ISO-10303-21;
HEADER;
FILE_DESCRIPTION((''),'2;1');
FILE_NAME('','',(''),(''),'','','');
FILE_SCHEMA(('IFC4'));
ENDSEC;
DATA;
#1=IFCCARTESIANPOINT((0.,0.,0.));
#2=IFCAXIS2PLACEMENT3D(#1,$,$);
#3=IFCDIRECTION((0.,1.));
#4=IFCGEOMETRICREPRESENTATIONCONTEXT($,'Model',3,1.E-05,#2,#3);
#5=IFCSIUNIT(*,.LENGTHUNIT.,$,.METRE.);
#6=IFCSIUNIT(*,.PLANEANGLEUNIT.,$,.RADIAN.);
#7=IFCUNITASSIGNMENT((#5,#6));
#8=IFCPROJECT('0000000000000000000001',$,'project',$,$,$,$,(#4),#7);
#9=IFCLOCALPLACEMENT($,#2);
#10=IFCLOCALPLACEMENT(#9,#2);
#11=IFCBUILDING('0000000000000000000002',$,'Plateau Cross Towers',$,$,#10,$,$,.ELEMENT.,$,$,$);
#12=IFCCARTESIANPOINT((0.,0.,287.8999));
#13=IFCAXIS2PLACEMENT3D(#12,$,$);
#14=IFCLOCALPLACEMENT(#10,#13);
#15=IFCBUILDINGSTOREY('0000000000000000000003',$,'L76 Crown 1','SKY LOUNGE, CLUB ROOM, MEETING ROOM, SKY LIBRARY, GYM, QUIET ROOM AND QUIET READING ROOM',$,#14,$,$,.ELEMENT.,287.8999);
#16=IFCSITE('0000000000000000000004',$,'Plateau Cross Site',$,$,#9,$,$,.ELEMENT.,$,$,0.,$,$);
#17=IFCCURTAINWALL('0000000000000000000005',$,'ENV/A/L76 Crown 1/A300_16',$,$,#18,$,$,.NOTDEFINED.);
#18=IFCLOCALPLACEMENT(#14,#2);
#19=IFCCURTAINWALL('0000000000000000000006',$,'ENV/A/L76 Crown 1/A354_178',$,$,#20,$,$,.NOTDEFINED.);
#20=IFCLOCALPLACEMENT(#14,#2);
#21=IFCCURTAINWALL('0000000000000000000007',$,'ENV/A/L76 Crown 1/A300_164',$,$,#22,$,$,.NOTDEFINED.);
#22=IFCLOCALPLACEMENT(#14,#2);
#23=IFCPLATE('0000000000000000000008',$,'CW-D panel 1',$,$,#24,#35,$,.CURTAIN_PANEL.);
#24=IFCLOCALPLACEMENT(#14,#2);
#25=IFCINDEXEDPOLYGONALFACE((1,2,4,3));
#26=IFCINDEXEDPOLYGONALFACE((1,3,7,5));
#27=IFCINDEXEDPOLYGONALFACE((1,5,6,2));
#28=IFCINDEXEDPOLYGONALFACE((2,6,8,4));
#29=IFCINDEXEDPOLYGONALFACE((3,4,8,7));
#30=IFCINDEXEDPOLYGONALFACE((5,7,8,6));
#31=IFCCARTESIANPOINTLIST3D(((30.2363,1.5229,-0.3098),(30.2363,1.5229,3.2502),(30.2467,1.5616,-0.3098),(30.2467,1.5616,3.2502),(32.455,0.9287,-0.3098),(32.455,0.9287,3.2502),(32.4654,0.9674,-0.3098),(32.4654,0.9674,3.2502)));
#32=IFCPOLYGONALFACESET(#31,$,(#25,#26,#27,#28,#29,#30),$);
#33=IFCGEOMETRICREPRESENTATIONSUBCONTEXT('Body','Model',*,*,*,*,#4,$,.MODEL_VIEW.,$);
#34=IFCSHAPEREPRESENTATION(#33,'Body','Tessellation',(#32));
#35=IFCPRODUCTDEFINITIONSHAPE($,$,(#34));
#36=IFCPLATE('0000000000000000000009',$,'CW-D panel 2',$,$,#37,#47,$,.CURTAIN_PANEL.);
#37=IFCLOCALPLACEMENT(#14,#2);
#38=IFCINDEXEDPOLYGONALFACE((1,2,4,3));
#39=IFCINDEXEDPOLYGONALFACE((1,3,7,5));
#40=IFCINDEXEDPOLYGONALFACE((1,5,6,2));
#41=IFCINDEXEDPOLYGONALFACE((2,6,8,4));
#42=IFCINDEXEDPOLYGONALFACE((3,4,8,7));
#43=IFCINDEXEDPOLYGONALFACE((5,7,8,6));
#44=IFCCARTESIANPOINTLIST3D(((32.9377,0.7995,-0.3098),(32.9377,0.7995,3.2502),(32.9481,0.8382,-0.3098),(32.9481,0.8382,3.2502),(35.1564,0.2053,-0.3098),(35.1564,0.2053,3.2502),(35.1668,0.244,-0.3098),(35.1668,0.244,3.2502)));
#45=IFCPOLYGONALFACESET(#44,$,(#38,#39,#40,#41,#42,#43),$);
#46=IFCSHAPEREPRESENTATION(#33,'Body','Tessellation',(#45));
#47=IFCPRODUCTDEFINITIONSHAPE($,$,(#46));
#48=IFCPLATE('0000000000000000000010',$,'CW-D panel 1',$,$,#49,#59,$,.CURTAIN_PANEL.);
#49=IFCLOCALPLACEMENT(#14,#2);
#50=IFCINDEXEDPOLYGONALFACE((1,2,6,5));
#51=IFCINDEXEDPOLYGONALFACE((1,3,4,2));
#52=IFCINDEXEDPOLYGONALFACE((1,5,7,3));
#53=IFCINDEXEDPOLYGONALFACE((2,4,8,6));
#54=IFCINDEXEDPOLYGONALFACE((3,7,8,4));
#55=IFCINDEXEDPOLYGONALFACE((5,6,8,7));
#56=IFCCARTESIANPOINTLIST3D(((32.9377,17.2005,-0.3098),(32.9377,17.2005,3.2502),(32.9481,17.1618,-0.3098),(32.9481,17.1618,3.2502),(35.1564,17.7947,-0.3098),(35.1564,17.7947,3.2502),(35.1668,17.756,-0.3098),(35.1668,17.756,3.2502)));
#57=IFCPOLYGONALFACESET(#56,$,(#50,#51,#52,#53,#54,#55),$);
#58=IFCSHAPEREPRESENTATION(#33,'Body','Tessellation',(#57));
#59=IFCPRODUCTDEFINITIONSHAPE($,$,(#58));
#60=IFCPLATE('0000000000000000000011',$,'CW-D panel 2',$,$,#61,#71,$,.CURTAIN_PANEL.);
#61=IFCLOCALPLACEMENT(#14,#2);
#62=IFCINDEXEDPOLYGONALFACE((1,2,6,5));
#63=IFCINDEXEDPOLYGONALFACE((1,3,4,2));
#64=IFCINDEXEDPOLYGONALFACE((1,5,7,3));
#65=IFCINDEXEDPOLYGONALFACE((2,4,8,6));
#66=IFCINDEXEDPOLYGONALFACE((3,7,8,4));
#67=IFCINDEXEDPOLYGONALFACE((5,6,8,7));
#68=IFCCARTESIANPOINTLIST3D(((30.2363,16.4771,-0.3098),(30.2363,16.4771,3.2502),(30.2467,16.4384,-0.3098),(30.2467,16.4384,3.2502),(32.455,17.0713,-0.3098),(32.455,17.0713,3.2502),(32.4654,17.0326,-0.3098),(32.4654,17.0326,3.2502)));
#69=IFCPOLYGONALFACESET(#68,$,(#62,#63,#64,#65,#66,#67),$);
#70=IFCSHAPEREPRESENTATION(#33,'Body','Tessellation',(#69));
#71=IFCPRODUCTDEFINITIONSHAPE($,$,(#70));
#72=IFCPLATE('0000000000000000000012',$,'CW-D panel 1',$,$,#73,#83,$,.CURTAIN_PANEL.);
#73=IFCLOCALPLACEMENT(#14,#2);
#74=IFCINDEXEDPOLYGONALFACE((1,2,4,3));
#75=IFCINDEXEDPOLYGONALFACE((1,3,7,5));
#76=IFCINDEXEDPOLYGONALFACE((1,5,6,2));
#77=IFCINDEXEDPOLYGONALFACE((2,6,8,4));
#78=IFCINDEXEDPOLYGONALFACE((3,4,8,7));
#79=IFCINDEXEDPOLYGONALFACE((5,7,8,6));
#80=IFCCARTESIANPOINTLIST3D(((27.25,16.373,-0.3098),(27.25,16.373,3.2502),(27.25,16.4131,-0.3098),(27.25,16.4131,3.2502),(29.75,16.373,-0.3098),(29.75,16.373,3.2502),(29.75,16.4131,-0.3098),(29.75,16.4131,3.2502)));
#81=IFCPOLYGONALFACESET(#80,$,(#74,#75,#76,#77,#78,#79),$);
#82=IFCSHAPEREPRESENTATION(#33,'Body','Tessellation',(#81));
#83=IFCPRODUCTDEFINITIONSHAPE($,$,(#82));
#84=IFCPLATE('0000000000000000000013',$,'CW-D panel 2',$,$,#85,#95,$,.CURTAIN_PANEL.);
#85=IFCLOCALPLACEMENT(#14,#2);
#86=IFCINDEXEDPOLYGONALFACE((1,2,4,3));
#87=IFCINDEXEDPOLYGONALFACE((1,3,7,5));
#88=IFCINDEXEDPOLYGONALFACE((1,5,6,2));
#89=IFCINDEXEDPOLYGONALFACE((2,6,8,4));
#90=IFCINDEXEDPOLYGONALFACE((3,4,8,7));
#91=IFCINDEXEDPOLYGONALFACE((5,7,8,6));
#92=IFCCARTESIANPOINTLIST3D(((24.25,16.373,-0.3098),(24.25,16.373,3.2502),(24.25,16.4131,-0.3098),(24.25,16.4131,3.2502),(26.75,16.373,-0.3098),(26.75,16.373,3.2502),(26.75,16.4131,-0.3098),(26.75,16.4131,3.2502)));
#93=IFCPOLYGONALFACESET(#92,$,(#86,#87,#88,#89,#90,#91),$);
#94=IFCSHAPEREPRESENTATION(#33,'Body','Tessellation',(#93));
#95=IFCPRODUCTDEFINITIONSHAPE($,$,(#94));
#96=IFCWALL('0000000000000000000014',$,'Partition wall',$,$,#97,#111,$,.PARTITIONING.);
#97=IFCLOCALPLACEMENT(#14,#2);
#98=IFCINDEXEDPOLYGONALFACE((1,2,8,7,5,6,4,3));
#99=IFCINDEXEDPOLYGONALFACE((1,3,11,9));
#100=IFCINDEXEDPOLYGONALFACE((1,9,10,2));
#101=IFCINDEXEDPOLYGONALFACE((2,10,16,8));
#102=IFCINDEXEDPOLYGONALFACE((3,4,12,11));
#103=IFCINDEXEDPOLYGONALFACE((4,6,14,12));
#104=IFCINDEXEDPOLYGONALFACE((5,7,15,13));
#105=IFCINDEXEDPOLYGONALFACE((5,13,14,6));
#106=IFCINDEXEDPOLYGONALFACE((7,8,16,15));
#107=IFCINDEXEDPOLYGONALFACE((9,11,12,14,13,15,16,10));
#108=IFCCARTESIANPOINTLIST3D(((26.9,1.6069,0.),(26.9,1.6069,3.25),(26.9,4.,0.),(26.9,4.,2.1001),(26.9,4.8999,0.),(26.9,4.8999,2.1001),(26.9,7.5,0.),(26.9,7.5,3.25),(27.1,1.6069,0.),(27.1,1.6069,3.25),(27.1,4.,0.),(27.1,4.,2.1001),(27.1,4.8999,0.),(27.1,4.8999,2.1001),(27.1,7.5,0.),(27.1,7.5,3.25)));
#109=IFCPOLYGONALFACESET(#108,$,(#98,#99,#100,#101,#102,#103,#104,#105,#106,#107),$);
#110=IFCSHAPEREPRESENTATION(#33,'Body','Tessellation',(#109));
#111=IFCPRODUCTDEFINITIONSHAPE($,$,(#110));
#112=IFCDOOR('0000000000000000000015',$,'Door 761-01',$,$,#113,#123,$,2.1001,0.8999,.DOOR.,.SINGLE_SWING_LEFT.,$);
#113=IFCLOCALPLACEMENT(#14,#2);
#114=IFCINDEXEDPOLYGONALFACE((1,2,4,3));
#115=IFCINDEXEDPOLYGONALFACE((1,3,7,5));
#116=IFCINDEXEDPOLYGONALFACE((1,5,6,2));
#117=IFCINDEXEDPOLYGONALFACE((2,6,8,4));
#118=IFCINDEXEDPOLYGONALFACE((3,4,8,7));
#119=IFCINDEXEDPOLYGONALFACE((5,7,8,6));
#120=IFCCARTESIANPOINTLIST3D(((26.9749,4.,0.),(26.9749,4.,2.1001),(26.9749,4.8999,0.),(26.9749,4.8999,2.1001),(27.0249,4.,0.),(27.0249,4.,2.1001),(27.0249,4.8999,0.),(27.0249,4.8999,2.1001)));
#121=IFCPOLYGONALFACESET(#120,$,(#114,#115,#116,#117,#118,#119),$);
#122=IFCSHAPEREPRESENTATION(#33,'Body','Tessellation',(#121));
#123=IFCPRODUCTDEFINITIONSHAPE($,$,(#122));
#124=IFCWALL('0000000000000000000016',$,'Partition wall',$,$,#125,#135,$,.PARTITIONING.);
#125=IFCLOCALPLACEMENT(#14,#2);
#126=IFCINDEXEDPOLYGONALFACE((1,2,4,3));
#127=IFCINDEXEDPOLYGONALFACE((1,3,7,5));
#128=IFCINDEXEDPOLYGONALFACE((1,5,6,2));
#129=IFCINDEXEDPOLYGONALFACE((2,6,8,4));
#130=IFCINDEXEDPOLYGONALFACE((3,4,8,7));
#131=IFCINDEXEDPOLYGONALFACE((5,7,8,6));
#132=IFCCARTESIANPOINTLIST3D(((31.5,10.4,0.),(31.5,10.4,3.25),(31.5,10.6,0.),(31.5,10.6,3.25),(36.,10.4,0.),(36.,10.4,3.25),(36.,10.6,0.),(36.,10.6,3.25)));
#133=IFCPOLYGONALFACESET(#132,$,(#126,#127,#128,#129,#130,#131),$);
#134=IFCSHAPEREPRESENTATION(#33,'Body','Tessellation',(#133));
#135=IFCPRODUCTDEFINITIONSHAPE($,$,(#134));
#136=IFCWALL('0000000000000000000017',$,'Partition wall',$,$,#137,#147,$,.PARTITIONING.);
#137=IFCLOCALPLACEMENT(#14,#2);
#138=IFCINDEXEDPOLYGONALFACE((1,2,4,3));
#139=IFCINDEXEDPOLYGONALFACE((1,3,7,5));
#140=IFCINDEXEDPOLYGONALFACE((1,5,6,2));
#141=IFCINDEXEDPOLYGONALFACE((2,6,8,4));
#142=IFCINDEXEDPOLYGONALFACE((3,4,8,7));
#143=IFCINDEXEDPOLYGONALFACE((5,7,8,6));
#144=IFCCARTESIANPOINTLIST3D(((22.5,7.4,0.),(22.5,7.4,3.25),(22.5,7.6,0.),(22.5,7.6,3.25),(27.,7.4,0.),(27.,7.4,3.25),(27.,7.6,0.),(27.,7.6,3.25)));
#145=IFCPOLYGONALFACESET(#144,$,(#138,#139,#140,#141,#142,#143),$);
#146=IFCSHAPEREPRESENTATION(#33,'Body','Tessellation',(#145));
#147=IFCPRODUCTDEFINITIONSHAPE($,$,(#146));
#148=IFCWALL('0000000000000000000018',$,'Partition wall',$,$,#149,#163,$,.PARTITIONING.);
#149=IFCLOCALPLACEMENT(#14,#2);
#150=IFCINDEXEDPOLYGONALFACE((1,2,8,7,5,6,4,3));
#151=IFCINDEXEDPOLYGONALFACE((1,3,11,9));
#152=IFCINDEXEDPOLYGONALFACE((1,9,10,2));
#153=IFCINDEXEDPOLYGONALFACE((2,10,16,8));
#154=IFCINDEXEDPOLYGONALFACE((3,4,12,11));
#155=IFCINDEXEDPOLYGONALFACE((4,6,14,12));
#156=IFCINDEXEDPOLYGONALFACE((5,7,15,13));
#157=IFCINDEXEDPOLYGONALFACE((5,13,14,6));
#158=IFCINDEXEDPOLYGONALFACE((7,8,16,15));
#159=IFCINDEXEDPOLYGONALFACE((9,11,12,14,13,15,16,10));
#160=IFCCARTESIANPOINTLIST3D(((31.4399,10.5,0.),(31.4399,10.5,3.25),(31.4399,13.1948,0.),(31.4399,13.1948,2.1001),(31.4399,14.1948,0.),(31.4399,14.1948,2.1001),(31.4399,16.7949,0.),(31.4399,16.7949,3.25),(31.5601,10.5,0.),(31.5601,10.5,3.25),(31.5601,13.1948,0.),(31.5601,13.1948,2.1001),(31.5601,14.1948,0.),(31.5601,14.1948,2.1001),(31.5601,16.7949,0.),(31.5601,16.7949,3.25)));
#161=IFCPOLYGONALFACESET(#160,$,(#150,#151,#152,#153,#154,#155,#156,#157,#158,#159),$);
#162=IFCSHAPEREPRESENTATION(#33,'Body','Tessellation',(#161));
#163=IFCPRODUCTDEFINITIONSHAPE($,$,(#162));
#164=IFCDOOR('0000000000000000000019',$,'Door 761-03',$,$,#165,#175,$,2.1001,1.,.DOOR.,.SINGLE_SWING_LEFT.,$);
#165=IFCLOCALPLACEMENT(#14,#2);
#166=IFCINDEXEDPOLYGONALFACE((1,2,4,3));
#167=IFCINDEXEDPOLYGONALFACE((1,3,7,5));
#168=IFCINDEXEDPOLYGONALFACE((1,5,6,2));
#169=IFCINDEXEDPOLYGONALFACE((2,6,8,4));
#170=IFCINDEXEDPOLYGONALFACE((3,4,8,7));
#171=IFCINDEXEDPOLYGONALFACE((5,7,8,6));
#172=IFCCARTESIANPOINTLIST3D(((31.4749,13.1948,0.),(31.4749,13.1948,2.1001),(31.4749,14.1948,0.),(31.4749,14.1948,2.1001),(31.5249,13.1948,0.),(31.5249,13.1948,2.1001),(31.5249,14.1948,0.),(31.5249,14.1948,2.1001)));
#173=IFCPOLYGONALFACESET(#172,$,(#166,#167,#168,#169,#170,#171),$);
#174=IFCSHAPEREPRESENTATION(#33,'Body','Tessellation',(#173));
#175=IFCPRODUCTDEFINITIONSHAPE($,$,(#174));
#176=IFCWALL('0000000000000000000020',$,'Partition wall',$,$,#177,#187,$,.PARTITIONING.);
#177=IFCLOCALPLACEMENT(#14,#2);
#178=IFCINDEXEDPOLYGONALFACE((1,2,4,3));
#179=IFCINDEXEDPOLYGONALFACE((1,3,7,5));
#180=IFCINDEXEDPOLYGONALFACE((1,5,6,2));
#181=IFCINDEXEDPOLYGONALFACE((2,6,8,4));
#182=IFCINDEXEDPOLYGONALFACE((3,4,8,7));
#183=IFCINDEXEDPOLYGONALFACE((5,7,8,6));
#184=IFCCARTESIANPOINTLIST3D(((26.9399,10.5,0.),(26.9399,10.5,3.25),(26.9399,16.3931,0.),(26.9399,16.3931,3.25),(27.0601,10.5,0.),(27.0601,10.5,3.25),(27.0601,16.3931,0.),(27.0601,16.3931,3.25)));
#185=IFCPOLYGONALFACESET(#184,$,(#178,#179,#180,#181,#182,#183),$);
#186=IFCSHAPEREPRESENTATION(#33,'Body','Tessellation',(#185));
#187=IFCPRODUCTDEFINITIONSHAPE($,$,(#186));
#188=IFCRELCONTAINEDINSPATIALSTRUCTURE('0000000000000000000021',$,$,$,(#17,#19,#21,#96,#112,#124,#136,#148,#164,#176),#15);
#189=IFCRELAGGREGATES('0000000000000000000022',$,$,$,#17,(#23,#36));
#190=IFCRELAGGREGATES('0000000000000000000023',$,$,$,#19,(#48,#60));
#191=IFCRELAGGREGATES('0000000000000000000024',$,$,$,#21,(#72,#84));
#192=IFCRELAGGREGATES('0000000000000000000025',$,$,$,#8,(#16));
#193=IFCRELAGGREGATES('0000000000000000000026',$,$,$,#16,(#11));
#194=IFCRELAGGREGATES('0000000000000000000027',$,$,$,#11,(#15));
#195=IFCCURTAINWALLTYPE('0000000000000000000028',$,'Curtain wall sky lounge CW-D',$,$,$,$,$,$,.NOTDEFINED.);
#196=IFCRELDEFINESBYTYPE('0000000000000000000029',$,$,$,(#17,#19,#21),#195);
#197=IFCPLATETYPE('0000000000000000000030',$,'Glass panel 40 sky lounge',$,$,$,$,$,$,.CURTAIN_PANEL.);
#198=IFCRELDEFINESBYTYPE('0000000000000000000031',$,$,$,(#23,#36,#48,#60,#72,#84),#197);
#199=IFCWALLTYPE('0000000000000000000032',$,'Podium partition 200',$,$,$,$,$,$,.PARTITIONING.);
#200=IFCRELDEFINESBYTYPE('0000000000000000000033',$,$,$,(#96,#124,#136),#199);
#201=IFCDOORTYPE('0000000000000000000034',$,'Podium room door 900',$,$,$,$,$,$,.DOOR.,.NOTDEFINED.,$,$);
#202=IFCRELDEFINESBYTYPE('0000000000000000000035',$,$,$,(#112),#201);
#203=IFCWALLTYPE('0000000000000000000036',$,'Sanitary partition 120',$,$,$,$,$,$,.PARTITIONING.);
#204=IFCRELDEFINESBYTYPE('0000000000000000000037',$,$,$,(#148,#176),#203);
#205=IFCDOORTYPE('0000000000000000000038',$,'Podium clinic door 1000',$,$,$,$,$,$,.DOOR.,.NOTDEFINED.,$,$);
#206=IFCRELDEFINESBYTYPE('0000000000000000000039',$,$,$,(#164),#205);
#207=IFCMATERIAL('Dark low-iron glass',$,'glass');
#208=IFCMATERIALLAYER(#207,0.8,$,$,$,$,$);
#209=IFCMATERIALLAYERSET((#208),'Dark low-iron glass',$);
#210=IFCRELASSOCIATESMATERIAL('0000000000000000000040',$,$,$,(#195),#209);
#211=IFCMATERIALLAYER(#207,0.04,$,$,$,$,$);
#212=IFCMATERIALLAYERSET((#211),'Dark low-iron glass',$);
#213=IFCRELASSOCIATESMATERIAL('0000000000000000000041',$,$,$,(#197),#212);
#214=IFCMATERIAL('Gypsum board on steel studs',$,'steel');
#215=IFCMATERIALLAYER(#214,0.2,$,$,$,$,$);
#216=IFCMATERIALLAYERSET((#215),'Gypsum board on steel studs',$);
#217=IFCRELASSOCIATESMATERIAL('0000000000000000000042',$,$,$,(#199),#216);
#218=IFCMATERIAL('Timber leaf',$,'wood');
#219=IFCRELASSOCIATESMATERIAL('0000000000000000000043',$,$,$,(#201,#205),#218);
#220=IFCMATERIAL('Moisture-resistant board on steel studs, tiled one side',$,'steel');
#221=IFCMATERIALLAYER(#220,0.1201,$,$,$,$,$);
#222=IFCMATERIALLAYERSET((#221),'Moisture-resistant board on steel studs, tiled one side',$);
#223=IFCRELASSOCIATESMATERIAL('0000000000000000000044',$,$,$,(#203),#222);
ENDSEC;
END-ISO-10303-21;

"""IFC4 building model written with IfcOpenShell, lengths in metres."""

from ifc_helpers import new_model, si_unit, direction, frame, frame_2d, origin, origin_2d, place, context, subcontext, project, spatial, rectangle, extrude, material, layer, layer_set, type_object, element, fill, aggregate, save


model = new_model("IFC4")

# Units and contexts
model_context = context("Model", 3, precision=1e-05, world=origin(), true_north=direction((0.0, 1.0)))
body_context = subcontext(model_context, "Body", "Model", "MODEL_VIEW")
ifc_project = project(units=[si_unit("LENGTHUNIT", "METRE"), si_unit("PLANEANGLEUNIT", "RADIAN")], contexts=[model_context])

# Site, building, storey
site_placement = place(None, origin())
site = spatial("IfcSite", under=ifc_project, at=site_placement, Name="Plateau Cross Site", CompositionType="ELEMENT", RefElevation=0.0)
building_placement = place(site_placement, origin())
building = spatial("IfcBuilding", under=site, at=building_placement, Name="Plateau Cross Towers", CompositionType="ELEMENT")
storey_placement = place(building_placement, frame((0.0, 0.0, 287.8999)))
storey = spatial("IfcBuildingStorey", under=building, at=storey_placement, Name="L76 Crown 1", Description="SKY LOUNGE, CLUB ROOM, MEETING ROOM, SKY LIBRARY, GYM, QUIET ROOM AND QUIET READING ROOM", CompositionType="ELEMENT", Elevation=287.8999)

# Shared definitions
ifc_material_1 = material(Name="Dark low-iron glass", Category="glass")
ifc_layer_1 = layer(ifc_material_1, 0.8)
ifc_layer_set_1 = layer_set([ifc_layer_1], Name="Dark low-iron glass")
curtain_wall_type = type_object("IfcCurtainWallType", Name="Curtain wall sky lounge CW-D", PredefinedType="NOTDEFINED", material=ifc_layer_set_1)

# Curtain walls
curtain_wall_1_placement = place(storey_placement, origin())
curtain_wall_1 = element("IfcCurtainWall", 1, at=curtain_wall_1_placement, inside=storey, type_object=curtain_wall_type, Name="ENV/A/L76 Crown 1/A300_16", PredefinedType="NOTDEFINED")
curtain_wall_2_placement = place(storey_placement, origin())
curtain_wall_2 = element("IfcCurtainWall", 2, at=curtain_wall_2_placement, inside=storey, type_object=curtain_wall_type, Name="ENV/A/L76 Crown 1/A354_178", PredefinedType="NOTDEFINED")
curtain_wall_3_placement = place(storey_placement, origin())
curtain_wall_3 = element("IfcCurtainWall", 3, at=curtain_wall_3_placement, inside=storey, type_object=curtain_wall_type, Name="ENV/A/L76 Crown 1/A300_164", PredefinedType="NOTDEFINED")

# Plates
ifc_layer_2 = layer(ifc_material_1, 0.04)
ifc_layer_set_2 = layer_set([ifc_layer_2], Name="Dark low-iron glass")
plate_type = type_object("IfcPlateType", Name="Glass panel 40 sky lounge", PredefinedType="CURTAIN_PANEL", material=ifc_layer_set_2)
plate_1_placement = place(storey_placement, frame((31.3508, 1.2451, -0.3098), z_axis=(0.0, 0.0, 1.0), x_axis=(0.965958, -0.258699, 0.0)))
plate_1 = element("IfcPlate", 4, at=plate_1_placement, type_object=plate_type, Name="CW-D panel 1", PredefinedType="CURTAIN_PANEL", context=body_context, shape_type="SweptSolid", body=[
    extrude(rectangle(XDim=2.2969, YDim=0.04, at=origin_2d()), origin(), (0.0, 0.0, 1.0), 3.5601),
])
plate_2_placement = place(storey_placement, frame((34.0522, 0.5217, -0.3098), z_axis=(0.0, 0.0, 1.0), x_axis=(0.965958, -0.258699, 0.0)))
plate_2 = element("IfcPlate", 5, at=plate_2_placement, type_object=plate_type, Name="CW-D panel 2", PredefinedType="CURTAIN_PANEL", context=body_context, shape_type="SweptSolid", body=[
    extrude(rectangle(XDim=2.2969, YDim=0.04, at=origin_2d()), origin(), (0.0, 0.0, 1.0), 3.5601),
])
aggregate(curtain_wall_1, [plate_1, plate_2])
plate_3_placement = place(storey_placement, frame((34.0522, 17.4783, -0.3098), z_axis=(0.0, 0.0, 1.0), x_axis=(-0.965958, -0.258699, 0.0)))
plate_3 = element("IfcPlate", 6, at=plate_3_placement, type_object=plate_type, Name="CW-D panel 1", PredefinedType="CURTAIN_PANEL", context=body_context, shape_type="SweptSolid", body=[
    extrude(rectangle(XDim=2.2969, YDim=0.04, at=origin_2d()), origin(), (0.0, 0.0, 1.0), 3.5601),
])
plate_4_placement = place(storey_placement, frame((31.3508, 16.7549, -0.3098), z_axis=(0.0, 0.0, 1.0), x_axis=(-0.965958, -0.258699, 0.0)))
plate_4 = element("IfcPlate", 7, at=plate_4_placement, type_object=plate_type, Name="CW-D panel 2", PredefinedType="CURTAIN_PANEL", context=body_context, shape_type="SweptSolid", body=[
    extrude(rectangle(XDim=2.2969, YDim=0.04, at=origin_2d()), origin(), (0.0, 0.0, 1.0), 3.5601),
])
aggregate(curtain_wall_2, [plate_3, plate_4])
plate_5_placement = place(storey_placement, frame((28.5, 16.3931, -0.3098), z_axis=(0.0, 0.0, 1.0), x_axis=(-1.0, 0.0, 0.0)))
plate_5 = element("IfcPlate", 8, at=plate_5_placement, type_object=plate_type, Name="CW-D panel 1", PredefinedType="CURTAIN_PANEL", context=body_context, shape_type="SweptSolid", body=[
    extrude(rectangle(XDim=2.5, YDim=0.04, at=origin_2d()), origin(), (0.0, 0.0, 1.0), 3.5601),
])
plate_6_placement = place(storey_placement, frame((25.5, 16.3931, -0.3098), z_axis=(0.0, 0.0, 1.0), x_axis=(-1.0, 0.0, 0.0)))
plate_6 = element("IfcPlate", 9, at=plate_6_placement, type_object=plate_type, Name="CW-D panel 2", PredefinedType="CURTAIN_PANEL", context=body_context, shape_type="SweptSolid", body=[
    extrude(rectangle(XDim=2.5, YDim=0.04, at=origin_2d()), origin(), (0.0, 0.0, 1.0), 3.5601),
])
aggregate(curtain_wall_3, [plate_5, plate_6])

# Wall, opening, door
ifc_material_2 = material(Name="Gypsum board on steel studs", Category="steel")
ifc_layer_3 = layer(ifc_material_2, 0.2)
ifc_layer_set_3 = layer_set([ifc_layer_3], Name="Gypsum board on steel studs")
wall_type_1 = type_object("IfcWallType", Name="Podium partition 200", PredefinedType="PARTITIONING", material=ifc_layer_set_3)
wall_1_placement = place(storey_placement, frame((27.0, 7.5, 0.0), z_axis=(0.0, 0.0, 1.0), x_axis=(0.0, -1.0, 0.0)))
wall_1 = element("IfcWall", 10, at=wall_1_placement, inside=storey, type_object=wall_type_1, Name="Partition wall", PredefinedType="PARTITIONING", context=body_context, shape_type="SweptSolid", body=[
    extrude(rectangle(XDim=5.8931, YDim=0.2, at=frame_2d((2.9465, 0.0))), origin(), (0.0, 0.0, 1.0), 3.25),
])
opening_1_placement = place(wall_1_placement, frame((2.6001, 0.0, 0.0)))
opening_1 = element("IfcOpeningElement", 11, at=opening_1_placement, cuts=wall_1, PredefinedType="OPENING", context=body_context, shape_type="SweptSolid", body=[
    extrude(rectangle(XDim=0.8999, YDim=2.1001, at=frame_2d((0.45, 1.05))), frame((0.0, 0.1099, 0.0), z_axis=(0.0, -1.0, 0.0), x_axis=(1.0, 0.0, 0.0)), (0.0, 0.0, 1.0), 0.22),
])
ifc_material_3 = material(Name="Timber leaf", Category="wood")
door_type_1 = type_object("IfcDoorType", Name="Podium room door 900", OperationType="NOTDEFINED", PredefinedType="DOOR", material=ifc_material_3)
door_1_placement = place(opening_1_placement, origin())
door_1 = element("IfcDoor", 12, at=door_1_placement, inside=storey, type_object=door_type_1, Name="Door 761-01", OperationType="SINGLE_SWING_LEFT", OverallHeight=2.1001, OverallWidth=0.8999, PredefinedType="DOOR", context=body_context, shape_type="SweptSolid", body=[
    extrude(rectangle(XDim=0.8999, YDim=2.1001, at=frame_2d((0.45, 1.05))), frame((0.0, 0.0249, 0.0), z_axis=(0.0, -1.0, 0.0), x_axis=(1.0, 0.0, 0.0)), (0.0, 0.0, 1.0), 0.05),
])
fill(opening_1, door_1)

# Walls
for number, where, z_axis, x_axis, name in (
    (13, (31.5, 10.5, 0.0), (0.0, 0.0, 1.0), (1.0, 0.0, 0.0), "Partition wall"),
    (14, (27.0, 7.5, 0.0), (0.0, 0.0, 1.0), (-1.0, 0.0, 0.0), "Partition wall"),
):
    element("IfcWall", number, at=place(storey_placement, frame(where, z_axis=z_axis, x_axis=x_axis)), inside=storey, type_object=wall_type_1, Name=name, PredefinedType="PARTITIONING", context=body_context, shape_type="SweptSolid", body=[
        extrude(rectangle(XDim=4.5, YDim=0.2, at=frame_2d((2.25, 0.0))), origin(), (0.0, 0.0, 1.0), 3.25),
    ])

# Wall, opening, door
ifc_material_4 = material(Name="Moisture-resistant board on steel studs, tiled one side", Category="steel")
ifc_layer_4 = layer(ifc_material_4, 0.1201)
ifc_layer_set_4 = layer_set([ifc_layer_4], Name="Moisture-resistant board on steel studs, tiled one side")
wall_type_2 = type_object("IfcWallType", Name="Sanitary partition 120", PredefinedType="PARTITIONING", material=ifc_layer_set_4)
wall_2_placement = place(storey_placement, frame((31.5, 16.7949, 0.0), z_axis=(0.0, 0.0, 1.0), x_axis=(0.0, -1.0, 0.0)))
wall_2 = element("IfcWall", 15, at=wall_2_placement, inside=storey, type_object=wall_type_2, Name="Partition wall", PredefinedType="PARTITIONING", context=body_context, shape_type="SweptSolid", body=[
    extrude(rectangle(XDim=6.2949, YDim=0.1201, at=frame_2d((3.1475, 0.0))), origin(), (0.0, 0.0, 1.0), 3.25),
])
opening_2_placement = place(wall_2_placement, frame((2.6001, 0.0, 0.0)))
opening_2 = element("IfcOpeningElement", 16, at=opening_2_placement, cuts=wall_2, PredefinedType="OPENING", context=body_context, shape_type="SweptSolid", body=[
    extrude(rectangle(XDim=1.0, YDim=2.1001, at=frame_2d((0.5, 1.05))), frame((0.0, 0.0701, 0.0), z_axis=(0.0, -1.0, 0.0), x_axis=(1.0, 0.0, 0.0)), (0.0, 0.0, 1.0), 0.1401),
])
door_type_2 = type_object("IfcDoorType", Name="Podium clinic door 1000", OperationType="NOTDEFINED", PredefinedType="DOOR", material=ifc_material_3)
door_2_placement = place(opening_2_placement, origin())
door_2 = element("IfcDoor", 17, at=door_2_placement, inside=storey, type_object=door_type_2, Name="Door 761-03", OperationType="SINGLE_SWING_LEFT", OverallHeight=2.1001, OverallWidth=1.0, PredefinedType="DOOR", context=body_context, shape_type="SweptSolid", body=[
    extrude(rectangle(XDim=1.0, YDim=2.1001, at=frame_2d((0.5, 1.05))), frame((0.0, 0.0249, 0.0), z_axis=(0.0, -1.0, 0.0), x_axis=(1.0, 0.0, 0.0)), (0.0, 0.0, 1.0), 0.05),
])
fill(opening_2, door_2)

# Wall
wall_3_placement = place(storey_placement, frame((27.0, 16.3931, 0.0), z_axis=(0.0, 0.0, 1.0), x_axis=(0.0, -1.0, 0.0)))
element("IfcWall", 18, at=wall_3_placement, inside=storey, type_object=wall_type_2, Name="Partition wall", PredefinedType="PARTITIONING", context=body_context, shape_type="SweptSolid", body=[
    extrude(rectangle(XDim=5.8931, YDim=0.1201, at=frame_2d((2.9465, 0.0))), origin(), (0.0, 0.0, 1.0), 3.25),
])

save(model, "model.ifc")
